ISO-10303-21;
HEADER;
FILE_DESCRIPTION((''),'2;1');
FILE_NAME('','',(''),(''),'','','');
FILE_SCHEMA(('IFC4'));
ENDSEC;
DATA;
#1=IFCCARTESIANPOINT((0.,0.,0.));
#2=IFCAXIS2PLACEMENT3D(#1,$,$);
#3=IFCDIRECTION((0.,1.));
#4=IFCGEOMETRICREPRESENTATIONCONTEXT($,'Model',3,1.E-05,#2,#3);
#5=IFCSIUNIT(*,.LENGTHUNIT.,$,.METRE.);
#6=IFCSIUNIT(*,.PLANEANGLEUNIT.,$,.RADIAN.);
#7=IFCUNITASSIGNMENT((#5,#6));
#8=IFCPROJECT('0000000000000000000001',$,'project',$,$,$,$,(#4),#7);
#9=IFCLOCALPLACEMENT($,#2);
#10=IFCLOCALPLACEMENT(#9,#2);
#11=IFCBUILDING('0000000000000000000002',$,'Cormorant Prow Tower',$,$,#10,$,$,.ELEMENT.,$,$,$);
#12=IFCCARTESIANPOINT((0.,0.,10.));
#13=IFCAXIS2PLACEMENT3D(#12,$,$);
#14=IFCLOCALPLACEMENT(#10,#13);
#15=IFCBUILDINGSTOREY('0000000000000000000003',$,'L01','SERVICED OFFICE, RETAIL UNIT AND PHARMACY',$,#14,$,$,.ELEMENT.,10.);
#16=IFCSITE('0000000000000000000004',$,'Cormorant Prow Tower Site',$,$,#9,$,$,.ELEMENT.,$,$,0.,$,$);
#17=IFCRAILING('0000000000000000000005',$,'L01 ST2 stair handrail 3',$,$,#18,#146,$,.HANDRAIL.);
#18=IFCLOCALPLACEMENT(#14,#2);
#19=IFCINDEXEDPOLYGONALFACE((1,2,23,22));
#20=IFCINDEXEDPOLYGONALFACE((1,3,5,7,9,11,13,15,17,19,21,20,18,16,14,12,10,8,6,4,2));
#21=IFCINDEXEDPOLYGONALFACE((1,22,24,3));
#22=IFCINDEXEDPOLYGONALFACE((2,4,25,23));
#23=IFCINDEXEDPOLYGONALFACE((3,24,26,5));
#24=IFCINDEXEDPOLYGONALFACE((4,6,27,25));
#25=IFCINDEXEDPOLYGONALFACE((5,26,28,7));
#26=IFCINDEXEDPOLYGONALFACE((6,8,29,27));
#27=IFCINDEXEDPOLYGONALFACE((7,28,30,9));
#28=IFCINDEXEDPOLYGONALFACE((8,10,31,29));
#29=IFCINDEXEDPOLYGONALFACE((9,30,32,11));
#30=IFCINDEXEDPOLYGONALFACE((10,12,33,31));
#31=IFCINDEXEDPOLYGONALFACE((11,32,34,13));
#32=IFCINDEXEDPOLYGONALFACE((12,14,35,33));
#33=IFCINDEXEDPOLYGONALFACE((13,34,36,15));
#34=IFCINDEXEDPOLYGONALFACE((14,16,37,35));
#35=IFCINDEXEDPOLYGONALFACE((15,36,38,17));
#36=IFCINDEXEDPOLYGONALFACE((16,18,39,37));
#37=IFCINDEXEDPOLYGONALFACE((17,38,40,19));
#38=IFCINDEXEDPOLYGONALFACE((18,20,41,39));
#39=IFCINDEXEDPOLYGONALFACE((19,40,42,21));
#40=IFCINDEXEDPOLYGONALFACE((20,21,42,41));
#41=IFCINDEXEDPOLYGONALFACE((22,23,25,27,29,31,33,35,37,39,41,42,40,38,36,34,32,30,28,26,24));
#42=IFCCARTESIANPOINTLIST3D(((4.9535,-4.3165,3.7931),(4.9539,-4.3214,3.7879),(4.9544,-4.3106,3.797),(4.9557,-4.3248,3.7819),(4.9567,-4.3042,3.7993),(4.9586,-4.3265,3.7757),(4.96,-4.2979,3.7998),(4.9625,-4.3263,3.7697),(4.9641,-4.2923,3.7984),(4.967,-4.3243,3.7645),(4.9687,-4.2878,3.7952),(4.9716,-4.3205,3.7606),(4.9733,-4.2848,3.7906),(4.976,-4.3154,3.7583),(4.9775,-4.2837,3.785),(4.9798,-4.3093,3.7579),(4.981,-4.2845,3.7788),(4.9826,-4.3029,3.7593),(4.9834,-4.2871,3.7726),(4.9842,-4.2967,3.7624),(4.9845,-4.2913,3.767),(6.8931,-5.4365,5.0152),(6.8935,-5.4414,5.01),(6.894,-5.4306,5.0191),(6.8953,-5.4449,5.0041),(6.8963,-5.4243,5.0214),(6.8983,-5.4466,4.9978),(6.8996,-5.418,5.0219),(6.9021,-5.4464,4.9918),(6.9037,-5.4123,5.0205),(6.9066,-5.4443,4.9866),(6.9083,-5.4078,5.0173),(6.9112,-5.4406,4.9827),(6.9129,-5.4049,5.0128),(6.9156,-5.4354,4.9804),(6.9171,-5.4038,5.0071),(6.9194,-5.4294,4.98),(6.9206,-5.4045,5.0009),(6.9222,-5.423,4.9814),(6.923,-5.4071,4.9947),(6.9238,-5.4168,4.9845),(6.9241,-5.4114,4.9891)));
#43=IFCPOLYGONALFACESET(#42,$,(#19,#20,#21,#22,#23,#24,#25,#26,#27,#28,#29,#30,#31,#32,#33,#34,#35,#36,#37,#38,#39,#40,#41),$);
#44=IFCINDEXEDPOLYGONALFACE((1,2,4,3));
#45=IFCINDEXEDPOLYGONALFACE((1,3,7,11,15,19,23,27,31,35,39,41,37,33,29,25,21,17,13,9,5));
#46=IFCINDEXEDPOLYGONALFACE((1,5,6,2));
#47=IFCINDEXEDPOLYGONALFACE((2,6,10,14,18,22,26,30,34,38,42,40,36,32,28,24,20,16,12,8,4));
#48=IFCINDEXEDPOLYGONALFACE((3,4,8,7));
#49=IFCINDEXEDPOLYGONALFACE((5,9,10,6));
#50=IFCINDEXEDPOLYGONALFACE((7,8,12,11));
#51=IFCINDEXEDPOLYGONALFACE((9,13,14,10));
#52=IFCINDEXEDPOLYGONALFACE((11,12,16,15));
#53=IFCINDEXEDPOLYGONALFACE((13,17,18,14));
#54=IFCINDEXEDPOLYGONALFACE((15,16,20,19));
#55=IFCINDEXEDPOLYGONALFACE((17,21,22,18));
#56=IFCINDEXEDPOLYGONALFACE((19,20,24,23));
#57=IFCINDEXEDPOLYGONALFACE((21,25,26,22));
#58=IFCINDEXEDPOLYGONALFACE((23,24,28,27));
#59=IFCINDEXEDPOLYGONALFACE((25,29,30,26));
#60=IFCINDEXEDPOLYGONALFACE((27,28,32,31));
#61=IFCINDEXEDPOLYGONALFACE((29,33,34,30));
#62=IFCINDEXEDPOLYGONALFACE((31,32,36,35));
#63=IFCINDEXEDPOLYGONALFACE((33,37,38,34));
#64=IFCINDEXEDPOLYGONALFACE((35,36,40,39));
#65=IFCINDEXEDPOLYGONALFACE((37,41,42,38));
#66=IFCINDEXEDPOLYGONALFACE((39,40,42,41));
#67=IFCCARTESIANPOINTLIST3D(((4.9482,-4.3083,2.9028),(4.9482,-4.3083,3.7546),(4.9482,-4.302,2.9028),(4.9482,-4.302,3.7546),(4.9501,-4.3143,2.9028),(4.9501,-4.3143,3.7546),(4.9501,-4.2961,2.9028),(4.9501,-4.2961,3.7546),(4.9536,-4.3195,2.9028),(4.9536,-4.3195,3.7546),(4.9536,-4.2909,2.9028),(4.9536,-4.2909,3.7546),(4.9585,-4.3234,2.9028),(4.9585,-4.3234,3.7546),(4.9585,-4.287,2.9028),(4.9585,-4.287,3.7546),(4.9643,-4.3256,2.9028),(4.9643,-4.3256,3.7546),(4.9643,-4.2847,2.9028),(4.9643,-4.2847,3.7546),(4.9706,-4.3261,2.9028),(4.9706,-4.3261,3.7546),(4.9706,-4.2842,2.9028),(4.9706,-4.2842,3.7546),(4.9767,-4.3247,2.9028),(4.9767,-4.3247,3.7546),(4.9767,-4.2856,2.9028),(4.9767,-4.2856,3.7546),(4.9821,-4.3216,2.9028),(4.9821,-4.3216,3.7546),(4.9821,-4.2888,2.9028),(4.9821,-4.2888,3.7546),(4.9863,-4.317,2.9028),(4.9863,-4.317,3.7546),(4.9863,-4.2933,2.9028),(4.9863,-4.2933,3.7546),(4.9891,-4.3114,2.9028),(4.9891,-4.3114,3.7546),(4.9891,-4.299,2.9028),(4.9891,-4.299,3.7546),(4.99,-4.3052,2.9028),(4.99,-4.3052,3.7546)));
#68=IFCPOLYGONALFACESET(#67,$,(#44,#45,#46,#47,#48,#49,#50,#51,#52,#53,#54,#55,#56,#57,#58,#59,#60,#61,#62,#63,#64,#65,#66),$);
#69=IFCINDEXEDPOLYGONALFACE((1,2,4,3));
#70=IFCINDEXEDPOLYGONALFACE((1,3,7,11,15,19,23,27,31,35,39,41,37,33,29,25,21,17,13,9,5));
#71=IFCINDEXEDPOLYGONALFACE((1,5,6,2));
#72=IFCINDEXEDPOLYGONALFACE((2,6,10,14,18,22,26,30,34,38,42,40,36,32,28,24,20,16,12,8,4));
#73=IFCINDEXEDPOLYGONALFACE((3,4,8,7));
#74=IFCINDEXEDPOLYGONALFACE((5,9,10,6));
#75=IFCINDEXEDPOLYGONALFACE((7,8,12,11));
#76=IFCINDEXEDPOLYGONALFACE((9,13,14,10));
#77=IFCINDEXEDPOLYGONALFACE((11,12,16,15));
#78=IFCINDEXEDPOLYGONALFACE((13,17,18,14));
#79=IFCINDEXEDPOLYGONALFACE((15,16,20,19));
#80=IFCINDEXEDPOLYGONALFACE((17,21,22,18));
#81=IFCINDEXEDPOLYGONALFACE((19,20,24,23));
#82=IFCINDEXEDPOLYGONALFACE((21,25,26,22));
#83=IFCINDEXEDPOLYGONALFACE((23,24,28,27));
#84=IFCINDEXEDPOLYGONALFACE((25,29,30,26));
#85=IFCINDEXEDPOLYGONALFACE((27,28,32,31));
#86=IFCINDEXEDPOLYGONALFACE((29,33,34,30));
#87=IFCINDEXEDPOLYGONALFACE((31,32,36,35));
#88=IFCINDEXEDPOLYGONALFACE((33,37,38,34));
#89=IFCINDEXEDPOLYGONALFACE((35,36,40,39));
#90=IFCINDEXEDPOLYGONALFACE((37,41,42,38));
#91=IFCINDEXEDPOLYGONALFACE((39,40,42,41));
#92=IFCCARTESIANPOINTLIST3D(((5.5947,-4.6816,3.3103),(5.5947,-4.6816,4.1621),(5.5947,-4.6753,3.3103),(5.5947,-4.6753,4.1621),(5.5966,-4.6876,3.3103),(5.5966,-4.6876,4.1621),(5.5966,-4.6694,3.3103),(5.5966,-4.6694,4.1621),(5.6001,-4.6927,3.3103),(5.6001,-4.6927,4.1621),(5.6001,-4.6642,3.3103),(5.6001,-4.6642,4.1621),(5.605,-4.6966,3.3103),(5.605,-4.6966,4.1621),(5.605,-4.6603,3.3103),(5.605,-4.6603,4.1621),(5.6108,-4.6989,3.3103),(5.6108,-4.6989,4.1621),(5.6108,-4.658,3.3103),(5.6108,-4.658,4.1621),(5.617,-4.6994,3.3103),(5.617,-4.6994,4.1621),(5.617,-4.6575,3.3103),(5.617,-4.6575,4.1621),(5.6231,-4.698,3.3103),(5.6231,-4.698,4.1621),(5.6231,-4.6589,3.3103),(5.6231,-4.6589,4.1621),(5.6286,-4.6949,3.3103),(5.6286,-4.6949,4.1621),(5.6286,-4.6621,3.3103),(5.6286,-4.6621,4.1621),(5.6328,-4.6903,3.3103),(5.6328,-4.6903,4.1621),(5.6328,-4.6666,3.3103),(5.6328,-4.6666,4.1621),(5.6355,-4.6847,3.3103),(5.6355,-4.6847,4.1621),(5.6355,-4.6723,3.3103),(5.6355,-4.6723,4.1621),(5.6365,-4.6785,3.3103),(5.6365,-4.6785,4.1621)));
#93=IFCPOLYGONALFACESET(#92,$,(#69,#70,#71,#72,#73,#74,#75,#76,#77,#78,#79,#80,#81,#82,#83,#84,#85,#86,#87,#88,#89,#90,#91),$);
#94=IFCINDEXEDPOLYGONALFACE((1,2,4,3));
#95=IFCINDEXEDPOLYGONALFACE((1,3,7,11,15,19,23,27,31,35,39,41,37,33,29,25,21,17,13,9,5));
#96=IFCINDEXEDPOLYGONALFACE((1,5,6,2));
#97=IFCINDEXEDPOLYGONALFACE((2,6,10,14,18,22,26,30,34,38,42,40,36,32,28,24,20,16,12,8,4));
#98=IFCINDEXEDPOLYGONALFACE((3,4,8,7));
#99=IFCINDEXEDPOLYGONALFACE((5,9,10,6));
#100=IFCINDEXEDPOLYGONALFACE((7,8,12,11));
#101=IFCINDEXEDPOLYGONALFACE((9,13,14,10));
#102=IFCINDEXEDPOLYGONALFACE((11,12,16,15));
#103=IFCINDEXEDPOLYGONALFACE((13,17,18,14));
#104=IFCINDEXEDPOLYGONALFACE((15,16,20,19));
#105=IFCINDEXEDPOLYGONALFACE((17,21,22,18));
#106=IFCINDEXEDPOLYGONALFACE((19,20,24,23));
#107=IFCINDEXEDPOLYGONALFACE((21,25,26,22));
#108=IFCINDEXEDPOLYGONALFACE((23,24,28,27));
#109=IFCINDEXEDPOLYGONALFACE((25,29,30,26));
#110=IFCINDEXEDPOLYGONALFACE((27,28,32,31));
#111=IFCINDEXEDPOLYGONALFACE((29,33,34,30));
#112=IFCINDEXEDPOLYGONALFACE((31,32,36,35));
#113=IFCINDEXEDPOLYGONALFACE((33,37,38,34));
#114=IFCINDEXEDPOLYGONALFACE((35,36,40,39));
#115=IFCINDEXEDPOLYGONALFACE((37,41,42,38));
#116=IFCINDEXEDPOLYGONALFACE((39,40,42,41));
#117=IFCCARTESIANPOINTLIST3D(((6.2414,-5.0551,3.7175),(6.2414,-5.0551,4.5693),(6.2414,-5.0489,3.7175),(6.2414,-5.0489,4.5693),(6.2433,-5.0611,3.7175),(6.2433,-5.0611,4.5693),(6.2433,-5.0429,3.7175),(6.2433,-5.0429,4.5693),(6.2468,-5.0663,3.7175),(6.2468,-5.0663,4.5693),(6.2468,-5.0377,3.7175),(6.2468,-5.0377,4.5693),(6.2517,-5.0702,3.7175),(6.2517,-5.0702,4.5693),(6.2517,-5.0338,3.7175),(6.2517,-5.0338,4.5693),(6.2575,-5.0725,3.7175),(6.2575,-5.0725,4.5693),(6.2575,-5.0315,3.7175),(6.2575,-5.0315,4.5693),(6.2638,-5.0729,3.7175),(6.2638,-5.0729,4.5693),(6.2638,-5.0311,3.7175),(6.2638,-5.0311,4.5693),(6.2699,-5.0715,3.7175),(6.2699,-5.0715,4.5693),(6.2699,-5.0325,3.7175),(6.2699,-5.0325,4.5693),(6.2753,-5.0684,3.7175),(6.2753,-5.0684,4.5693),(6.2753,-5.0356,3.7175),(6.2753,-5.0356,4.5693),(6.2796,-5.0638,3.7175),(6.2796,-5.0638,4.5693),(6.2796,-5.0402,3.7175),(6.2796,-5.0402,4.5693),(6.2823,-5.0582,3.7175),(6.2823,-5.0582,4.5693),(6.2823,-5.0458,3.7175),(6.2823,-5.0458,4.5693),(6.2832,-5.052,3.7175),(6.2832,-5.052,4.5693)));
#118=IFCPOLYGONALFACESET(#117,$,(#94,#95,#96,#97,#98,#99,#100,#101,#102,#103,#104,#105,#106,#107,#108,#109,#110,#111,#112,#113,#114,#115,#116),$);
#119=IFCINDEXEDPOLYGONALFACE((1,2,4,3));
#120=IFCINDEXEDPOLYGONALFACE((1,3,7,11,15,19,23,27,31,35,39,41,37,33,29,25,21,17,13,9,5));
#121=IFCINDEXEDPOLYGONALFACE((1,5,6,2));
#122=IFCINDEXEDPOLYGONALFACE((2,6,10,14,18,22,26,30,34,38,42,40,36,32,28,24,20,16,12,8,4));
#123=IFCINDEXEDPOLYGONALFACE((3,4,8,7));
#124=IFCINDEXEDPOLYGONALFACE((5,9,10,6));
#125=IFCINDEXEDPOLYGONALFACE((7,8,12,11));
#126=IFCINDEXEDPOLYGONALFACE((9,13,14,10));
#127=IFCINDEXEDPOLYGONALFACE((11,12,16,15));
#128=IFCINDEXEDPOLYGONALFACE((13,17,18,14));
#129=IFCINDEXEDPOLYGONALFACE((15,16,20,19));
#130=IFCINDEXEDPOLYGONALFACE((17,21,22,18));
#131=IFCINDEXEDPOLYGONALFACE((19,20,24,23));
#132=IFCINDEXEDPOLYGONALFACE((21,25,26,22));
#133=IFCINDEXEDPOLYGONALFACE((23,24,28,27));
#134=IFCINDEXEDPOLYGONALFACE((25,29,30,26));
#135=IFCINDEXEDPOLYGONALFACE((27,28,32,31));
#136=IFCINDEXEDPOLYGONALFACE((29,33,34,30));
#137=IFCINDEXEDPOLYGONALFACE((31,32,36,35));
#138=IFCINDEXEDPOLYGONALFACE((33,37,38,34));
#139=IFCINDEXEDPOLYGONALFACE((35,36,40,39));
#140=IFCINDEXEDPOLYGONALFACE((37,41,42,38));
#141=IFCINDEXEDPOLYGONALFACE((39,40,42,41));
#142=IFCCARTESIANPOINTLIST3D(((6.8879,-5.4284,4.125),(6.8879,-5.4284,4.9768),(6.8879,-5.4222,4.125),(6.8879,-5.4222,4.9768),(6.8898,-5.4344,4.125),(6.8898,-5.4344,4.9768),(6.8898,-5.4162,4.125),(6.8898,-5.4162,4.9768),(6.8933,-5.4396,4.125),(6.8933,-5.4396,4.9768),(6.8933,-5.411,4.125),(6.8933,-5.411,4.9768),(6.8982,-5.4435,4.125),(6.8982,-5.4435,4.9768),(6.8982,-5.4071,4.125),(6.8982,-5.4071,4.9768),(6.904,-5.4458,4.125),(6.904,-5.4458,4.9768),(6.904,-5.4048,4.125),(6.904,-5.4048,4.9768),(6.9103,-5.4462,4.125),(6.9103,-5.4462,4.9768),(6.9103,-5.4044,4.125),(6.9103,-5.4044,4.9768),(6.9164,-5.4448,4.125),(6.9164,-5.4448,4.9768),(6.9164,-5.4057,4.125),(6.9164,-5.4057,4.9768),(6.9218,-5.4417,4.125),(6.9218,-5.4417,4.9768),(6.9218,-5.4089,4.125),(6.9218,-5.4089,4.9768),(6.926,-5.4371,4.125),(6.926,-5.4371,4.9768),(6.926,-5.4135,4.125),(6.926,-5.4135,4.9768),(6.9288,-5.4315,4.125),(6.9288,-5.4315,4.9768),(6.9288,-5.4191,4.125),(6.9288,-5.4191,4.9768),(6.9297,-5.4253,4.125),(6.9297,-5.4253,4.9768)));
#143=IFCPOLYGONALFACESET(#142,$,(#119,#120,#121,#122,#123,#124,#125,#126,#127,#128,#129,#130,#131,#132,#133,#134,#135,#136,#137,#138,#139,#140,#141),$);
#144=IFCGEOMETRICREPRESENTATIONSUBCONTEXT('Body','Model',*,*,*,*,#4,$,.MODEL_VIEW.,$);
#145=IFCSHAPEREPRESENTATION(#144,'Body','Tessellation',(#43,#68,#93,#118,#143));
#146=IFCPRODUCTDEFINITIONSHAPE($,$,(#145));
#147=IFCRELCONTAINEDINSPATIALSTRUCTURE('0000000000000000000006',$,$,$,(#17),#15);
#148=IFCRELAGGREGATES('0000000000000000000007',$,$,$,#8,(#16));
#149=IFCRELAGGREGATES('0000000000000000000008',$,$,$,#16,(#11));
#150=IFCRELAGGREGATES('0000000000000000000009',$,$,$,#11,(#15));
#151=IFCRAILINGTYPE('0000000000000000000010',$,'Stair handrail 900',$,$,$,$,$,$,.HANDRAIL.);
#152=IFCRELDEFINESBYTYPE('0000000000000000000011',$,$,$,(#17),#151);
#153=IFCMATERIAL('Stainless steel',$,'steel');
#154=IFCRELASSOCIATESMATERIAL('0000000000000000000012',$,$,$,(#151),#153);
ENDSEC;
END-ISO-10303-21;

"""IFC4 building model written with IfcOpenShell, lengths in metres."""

from ifc_helpers import new_model, si_unit, direction, frame, origin, origin_2d, place, context, subcontext, project, spatial, circle, extrude, material, type_object, element, save


model = new_model("IFC4")

# Units and contexts
model_context = context("Model", 3, precision=1e-05, world=origin(), true_north=direction((0.0, 1.0)))
body_context = subcontext(model_context, "Body", "Model", "MODEL_VIEW")
ifc_project = project(units=[si_unit("LENGTHUNIT", "METRE"), si_unit("PLANEANGLEUNIT", "RADIAN")], contexts=[model_context])

# Site, building, storey
site_placement = place(None, origin())
site = spatial("IfcSite", under=ifc_project, at=site_placement, Name="Cormorant Prow Tower Site", CompositionType="ELEMENT", RefElevation=0.0)
building_placement = place(site_placement, origin())
building = spatial("IfcBuilding", under=site, at=building_placement, Name="Cormorant Prow Tower", CompositionType="ELEMENT")
storey_placement = place(building_placement, frame((0.0, 0.0, 10.0)))
storey = spatial("IfcBuildingStorey", under=building, at=storey_placement, Name="L01", Description="SERVICED OFFICE, RETAIL UNIT AND PHARMACY", CompositionType="ELEMENT", Elevation=10.0)

# Railing
ifc_material_1 = material(Name="Stainless steel", Category="steel")
railing_type_1 = type_object("IfcRailingType", Name="Stair handrail 900", PredefinedType="HANDRAIL", material=ifc_material_1)
railing_1_placement = place(storey_placement, frame((4.969, -4.3052, 2.9028)))
element("IfcRailing", 1, at=railing_1_placement, inside=storey, type_object=railing_type_1, Name="L01 ST2 stair handrail 3", PredefinedType="HANDRAIL", context=body_context, shape_type="SweptSolid", body=[
    extrude(circle(Radius=0.0239, at=origin_2d()), frame((0.0, 0.0, 0.876), z_axis=(0.760182, -0.438982, 0.478977), x_axis=(0.500078, 0.86598, 0.0)), (0.0, 0.0, 1.0), 2.5515),
    extrude(circle(Radius=0.021, at=origin_2d()), origin(), (0.0, 0.0, 1.0), 0.8518),
    extrude(circle(Radius=0.021, at=origin_2d()), frame((0.6465, -0.3733, 0.4075)), (0.0, 0.0, 1.0), 0.8518),
    extrude(circle(Radius=0.021, at=origin_2d()), frame((1.2932, -0.7468, 0.8147)), (0.0, 0.0, 1.0), 0.8518),
    extrude(circle(Radius=0.021, at=origin_2d()), frame((1.9397, -1.1201, 1.2222)), (0.0, 0.0, 1.0), 0.8518),
])

save(model, "model.ifc")
